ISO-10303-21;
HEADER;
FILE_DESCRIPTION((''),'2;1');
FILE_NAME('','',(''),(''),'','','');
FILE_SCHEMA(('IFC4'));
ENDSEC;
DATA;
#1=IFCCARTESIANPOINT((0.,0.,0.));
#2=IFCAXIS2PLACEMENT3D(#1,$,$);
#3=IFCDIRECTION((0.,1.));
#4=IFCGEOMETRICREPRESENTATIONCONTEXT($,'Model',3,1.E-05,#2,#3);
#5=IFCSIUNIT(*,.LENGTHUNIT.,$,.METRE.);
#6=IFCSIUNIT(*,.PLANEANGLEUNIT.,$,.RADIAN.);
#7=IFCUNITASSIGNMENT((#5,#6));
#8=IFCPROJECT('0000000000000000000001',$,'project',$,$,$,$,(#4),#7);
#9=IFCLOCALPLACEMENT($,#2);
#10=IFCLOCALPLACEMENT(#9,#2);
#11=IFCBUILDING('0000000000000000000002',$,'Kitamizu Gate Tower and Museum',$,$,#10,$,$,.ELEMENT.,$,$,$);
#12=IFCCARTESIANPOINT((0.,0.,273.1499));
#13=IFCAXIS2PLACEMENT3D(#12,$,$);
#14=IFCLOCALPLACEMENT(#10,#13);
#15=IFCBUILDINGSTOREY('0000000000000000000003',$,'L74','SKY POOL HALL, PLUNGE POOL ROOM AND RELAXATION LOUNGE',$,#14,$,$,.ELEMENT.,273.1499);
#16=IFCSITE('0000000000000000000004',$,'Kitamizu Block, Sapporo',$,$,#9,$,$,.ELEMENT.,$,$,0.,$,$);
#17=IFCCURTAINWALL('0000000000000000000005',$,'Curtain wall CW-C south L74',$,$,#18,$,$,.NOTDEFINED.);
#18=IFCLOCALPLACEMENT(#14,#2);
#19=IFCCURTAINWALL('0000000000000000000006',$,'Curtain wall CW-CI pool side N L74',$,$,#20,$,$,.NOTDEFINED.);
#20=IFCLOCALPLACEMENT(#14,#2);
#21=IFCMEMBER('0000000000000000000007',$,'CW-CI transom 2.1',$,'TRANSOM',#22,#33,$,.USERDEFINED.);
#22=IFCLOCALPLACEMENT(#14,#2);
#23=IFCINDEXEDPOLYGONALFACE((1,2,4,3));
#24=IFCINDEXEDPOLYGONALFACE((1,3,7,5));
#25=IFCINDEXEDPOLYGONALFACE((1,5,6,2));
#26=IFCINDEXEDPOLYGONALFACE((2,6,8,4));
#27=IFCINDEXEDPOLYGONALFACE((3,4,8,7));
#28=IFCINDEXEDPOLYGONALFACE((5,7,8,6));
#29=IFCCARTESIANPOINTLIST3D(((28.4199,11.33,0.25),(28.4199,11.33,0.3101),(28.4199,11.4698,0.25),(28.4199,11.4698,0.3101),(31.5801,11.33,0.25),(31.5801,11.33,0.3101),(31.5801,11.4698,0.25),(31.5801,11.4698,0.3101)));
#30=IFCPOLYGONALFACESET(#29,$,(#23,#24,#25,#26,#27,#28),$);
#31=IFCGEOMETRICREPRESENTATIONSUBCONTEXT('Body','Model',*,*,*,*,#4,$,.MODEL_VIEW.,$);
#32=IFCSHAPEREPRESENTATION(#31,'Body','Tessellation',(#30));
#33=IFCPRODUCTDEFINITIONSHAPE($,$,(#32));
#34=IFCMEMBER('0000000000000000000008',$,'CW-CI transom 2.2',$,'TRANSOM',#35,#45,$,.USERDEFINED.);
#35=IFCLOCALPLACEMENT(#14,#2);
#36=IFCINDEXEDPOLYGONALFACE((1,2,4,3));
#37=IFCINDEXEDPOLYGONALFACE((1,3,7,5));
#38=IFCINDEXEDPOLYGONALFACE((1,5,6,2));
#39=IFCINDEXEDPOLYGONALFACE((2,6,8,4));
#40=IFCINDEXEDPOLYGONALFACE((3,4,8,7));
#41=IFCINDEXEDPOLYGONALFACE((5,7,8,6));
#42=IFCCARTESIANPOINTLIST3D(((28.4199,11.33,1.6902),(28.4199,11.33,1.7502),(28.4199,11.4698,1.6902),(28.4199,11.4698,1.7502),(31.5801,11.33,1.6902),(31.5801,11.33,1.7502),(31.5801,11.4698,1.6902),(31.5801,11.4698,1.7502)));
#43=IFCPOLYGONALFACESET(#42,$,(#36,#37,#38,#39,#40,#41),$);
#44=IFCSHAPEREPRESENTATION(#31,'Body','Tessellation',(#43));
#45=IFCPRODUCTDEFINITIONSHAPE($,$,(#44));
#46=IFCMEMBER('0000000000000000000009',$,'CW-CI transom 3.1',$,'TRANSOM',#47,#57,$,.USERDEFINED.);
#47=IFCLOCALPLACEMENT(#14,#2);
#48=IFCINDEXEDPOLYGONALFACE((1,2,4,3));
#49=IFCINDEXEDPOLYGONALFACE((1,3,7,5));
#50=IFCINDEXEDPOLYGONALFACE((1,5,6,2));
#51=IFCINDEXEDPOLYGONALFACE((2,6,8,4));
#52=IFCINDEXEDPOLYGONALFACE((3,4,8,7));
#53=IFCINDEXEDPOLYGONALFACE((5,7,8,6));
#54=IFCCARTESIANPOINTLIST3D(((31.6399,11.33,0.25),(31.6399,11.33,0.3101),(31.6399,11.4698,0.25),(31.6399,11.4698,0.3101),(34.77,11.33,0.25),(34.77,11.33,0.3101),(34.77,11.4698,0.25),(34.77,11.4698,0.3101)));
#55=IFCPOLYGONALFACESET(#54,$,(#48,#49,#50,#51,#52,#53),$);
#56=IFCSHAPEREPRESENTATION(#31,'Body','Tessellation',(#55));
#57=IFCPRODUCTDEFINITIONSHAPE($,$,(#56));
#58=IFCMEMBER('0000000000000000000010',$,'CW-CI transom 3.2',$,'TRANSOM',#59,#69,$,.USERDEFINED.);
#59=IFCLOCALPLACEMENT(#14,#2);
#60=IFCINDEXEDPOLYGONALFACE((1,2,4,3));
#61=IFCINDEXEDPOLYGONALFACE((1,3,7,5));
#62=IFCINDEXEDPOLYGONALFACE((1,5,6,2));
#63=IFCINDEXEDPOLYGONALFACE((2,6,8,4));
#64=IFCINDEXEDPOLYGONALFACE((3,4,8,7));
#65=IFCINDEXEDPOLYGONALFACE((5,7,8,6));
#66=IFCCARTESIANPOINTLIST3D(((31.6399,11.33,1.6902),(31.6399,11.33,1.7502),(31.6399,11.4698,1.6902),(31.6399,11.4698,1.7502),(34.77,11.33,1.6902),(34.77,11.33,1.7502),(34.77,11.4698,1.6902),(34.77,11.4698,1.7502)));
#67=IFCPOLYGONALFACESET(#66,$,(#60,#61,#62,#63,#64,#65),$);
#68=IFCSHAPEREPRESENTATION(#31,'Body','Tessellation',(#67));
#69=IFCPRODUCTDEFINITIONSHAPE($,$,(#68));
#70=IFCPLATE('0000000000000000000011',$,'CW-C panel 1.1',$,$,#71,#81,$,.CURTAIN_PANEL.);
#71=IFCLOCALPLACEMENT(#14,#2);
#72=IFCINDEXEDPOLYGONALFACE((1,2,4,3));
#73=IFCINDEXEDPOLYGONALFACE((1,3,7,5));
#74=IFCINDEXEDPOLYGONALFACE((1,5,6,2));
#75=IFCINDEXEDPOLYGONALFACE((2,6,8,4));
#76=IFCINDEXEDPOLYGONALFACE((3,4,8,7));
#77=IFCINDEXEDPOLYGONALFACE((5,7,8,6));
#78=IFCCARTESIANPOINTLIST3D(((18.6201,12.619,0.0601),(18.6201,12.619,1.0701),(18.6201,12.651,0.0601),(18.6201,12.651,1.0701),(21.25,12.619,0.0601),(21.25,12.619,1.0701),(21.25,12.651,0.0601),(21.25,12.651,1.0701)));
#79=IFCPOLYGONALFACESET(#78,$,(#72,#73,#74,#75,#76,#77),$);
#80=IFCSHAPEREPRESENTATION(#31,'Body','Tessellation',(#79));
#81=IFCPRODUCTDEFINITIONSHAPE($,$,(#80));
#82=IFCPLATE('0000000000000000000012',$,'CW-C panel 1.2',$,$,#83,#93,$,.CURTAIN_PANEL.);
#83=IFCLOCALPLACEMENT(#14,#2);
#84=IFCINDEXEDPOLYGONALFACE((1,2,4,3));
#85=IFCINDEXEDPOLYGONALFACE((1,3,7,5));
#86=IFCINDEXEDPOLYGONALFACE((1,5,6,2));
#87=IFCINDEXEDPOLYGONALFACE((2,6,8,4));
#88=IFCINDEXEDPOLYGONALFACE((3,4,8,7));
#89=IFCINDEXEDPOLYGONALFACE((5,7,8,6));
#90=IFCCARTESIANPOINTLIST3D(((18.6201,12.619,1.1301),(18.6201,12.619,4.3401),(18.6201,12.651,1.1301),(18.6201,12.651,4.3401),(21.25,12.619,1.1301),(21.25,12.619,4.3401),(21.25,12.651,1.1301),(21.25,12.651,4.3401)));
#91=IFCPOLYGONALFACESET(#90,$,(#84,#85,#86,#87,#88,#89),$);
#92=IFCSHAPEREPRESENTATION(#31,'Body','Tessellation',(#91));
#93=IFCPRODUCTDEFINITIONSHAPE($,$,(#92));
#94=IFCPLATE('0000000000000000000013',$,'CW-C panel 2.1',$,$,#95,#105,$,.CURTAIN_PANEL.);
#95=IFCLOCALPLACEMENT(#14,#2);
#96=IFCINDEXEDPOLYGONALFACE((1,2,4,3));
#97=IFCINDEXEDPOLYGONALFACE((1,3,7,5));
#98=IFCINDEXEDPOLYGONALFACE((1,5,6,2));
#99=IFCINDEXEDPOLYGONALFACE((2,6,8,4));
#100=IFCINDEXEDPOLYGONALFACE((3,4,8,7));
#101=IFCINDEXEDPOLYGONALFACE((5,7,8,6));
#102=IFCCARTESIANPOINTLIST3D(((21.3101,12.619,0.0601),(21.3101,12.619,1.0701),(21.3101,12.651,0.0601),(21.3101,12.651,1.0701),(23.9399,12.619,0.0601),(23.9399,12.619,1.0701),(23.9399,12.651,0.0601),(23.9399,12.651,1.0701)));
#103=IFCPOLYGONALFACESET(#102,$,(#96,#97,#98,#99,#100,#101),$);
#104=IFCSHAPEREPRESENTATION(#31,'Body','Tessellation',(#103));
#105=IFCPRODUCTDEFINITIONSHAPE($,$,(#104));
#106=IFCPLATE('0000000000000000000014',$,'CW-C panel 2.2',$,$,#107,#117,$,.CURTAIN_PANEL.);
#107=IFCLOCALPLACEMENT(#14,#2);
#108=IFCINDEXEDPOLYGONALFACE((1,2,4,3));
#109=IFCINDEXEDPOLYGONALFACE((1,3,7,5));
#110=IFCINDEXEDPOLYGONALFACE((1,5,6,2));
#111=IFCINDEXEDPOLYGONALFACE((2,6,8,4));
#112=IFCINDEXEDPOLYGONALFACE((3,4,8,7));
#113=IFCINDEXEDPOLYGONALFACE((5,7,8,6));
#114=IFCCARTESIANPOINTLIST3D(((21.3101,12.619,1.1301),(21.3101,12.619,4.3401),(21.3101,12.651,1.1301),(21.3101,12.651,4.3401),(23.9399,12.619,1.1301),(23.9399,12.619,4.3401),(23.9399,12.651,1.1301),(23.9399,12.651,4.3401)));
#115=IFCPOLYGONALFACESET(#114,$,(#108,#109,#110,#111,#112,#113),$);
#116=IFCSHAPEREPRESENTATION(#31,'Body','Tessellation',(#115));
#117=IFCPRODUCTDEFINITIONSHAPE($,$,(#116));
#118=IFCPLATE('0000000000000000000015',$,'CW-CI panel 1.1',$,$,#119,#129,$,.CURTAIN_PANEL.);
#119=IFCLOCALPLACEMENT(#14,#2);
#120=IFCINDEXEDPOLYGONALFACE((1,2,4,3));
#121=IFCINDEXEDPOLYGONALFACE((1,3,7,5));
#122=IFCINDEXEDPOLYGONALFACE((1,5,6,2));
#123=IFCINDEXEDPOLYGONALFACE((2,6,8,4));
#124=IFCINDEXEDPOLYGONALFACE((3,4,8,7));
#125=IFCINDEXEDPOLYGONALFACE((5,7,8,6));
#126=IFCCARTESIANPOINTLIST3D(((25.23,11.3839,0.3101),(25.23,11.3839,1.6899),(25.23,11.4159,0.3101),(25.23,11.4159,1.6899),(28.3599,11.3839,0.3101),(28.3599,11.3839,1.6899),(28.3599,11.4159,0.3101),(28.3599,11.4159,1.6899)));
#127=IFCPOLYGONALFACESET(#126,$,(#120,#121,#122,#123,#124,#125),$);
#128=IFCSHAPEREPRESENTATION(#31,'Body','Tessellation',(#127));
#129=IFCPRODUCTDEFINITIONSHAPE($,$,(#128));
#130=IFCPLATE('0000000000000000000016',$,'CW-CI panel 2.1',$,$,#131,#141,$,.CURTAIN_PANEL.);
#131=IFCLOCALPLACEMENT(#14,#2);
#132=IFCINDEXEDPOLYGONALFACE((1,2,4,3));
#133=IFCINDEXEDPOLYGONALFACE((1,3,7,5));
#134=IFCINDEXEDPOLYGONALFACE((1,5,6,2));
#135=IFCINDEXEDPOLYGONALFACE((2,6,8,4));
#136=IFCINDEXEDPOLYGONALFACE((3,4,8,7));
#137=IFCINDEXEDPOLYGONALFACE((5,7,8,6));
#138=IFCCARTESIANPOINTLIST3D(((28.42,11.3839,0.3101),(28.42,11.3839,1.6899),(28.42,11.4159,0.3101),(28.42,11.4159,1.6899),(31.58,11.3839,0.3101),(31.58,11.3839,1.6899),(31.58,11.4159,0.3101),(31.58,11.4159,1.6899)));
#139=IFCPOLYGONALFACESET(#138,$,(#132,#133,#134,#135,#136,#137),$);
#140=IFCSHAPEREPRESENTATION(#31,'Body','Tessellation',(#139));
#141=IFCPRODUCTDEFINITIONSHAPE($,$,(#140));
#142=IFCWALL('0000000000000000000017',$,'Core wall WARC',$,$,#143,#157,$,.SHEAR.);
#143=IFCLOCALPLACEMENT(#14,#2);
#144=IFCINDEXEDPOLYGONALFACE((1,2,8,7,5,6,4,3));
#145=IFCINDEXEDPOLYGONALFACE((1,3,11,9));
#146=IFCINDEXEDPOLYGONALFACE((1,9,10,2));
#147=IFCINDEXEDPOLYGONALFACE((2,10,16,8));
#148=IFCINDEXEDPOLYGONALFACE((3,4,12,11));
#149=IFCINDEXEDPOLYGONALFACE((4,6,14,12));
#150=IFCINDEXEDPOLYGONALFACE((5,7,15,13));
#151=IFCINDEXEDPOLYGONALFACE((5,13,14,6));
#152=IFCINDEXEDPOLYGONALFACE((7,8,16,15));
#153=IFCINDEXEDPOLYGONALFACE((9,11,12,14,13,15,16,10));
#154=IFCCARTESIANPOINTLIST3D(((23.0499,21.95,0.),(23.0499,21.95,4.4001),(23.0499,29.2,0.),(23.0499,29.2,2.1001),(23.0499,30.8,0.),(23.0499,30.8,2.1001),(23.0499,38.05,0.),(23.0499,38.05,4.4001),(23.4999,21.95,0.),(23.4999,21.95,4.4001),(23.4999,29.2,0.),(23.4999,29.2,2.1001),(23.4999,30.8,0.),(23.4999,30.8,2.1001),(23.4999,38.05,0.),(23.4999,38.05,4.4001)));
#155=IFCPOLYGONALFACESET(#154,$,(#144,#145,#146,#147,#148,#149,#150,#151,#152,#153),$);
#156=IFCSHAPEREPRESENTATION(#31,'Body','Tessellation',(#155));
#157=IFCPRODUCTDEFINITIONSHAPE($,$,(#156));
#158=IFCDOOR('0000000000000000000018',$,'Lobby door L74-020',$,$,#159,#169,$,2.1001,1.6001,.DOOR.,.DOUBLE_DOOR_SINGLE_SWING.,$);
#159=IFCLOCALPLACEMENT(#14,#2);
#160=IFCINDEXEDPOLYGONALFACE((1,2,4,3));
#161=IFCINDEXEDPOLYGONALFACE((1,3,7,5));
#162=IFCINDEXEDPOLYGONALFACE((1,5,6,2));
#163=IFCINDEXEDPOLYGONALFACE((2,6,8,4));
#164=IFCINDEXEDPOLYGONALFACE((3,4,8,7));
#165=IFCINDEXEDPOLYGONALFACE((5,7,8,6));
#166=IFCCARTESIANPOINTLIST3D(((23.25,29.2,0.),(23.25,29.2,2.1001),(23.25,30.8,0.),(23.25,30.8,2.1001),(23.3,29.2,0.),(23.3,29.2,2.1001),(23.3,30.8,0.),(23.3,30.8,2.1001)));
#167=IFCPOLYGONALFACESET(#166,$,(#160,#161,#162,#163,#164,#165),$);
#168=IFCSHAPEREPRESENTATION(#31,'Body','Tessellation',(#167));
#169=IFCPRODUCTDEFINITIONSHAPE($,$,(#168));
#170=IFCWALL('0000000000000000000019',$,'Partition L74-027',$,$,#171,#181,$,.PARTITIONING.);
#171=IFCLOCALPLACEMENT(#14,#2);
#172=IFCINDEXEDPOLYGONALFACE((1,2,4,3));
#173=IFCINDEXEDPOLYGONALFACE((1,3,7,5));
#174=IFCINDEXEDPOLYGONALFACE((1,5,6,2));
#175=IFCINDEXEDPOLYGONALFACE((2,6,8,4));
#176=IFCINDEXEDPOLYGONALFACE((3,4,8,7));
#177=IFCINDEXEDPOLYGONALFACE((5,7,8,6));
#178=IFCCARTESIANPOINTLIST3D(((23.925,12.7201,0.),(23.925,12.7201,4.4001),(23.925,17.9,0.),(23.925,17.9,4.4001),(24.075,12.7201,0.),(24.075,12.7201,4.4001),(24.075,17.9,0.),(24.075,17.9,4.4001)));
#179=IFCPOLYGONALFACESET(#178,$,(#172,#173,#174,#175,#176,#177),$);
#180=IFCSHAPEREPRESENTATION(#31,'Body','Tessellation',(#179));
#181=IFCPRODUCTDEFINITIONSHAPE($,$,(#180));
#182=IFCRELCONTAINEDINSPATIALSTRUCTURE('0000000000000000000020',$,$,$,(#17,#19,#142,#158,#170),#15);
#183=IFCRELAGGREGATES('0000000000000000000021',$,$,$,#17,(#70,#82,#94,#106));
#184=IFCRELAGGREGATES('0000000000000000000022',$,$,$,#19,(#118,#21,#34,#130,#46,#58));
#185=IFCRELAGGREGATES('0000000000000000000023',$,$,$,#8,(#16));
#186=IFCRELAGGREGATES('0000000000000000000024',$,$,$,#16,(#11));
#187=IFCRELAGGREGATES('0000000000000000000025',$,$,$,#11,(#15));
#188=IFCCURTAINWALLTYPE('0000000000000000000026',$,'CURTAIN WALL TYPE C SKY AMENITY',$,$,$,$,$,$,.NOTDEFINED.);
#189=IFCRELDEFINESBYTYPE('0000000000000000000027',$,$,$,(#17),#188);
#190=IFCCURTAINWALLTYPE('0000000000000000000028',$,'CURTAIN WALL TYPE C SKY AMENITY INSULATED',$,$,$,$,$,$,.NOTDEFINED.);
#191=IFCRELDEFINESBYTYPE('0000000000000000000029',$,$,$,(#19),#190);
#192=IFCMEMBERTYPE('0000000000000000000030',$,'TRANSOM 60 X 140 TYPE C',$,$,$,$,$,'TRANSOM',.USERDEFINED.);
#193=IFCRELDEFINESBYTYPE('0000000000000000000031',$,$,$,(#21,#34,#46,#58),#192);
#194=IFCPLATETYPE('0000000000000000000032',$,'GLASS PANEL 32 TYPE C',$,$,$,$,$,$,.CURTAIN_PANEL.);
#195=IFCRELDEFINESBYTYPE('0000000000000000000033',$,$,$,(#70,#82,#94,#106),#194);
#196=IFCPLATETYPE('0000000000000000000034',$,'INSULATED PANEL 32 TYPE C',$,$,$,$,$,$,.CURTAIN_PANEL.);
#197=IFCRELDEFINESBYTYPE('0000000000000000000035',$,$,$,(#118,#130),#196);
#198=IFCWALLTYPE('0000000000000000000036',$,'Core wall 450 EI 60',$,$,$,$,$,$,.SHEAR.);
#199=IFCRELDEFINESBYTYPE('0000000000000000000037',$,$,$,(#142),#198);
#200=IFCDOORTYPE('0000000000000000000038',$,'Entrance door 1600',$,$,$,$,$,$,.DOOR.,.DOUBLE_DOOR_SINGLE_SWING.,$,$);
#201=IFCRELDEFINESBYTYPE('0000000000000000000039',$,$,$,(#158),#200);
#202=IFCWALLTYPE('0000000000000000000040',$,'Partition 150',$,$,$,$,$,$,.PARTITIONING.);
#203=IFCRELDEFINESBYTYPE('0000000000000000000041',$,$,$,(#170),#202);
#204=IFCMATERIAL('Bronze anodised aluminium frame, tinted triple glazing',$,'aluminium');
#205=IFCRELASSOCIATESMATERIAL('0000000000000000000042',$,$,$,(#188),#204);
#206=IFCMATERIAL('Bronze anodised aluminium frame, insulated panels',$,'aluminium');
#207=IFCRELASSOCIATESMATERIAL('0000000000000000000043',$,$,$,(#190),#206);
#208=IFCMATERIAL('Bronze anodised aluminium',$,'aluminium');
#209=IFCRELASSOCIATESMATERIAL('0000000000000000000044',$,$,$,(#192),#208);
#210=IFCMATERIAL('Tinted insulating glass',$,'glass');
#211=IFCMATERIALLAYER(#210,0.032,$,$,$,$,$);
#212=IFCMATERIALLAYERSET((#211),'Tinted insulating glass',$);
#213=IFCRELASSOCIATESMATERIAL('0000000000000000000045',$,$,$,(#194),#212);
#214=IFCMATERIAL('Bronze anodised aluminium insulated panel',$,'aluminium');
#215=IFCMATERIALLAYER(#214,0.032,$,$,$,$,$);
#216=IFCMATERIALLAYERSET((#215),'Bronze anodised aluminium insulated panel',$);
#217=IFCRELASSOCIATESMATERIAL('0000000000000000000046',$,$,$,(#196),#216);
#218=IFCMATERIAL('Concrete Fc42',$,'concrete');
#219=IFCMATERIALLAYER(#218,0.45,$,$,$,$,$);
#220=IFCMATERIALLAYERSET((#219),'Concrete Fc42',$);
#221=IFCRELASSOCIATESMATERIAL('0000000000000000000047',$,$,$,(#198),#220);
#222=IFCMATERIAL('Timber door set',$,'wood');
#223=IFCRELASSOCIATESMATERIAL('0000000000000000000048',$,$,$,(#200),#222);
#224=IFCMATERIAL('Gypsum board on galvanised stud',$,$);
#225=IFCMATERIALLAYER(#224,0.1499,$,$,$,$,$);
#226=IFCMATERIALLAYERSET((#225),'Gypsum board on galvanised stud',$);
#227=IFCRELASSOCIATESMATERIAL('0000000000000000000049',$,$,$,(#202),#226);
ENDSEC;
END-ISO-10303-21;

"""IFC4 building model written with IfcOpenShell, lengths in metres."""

from ifc_helpers import new_model, si_unit, direction, frame, frame_2d, origin, origin_2d, place, context, subcontext, project, spatial, rectangle, extrude, material, layer, layer_set, material_profile, profile_set, type_object, element, fill, aggregate, save


model = new_model("IFC4")

# Units and contexts
model_context = context("Model", 3, precision=1e-05, world=origin(), true_north=direction((0.0, 1.0)))
body_context = subcontext(model_context, "Body", "Model", "MODEL_VIEW")
ifc_project = project(units=[si_unit("LENGTHUNIT", "METRE"), si_unit("PLANEANGLEUNIT", "RADIAN")], contexts=[model_context])

# Site, building, storey
site_placement = place(None, origin())
site = spatial("IfcSite", under=ifc_project, at=site_placement, Name="Kitamizu Block, Sapporo", CompositionType="ELEMENT", RefElevation=0.0)
building_placement = place(site_placement, origin())
building = spatial("IfcBuilding", under=site, at=building_placement, Name="Kitamizu Gate Tower and Museum", CompositionType="ELEMENT")
storey_placement = place(building_placement, frame((0.0, 0.0, 273.1499)))
storey = spatial("IfcBuildingStorey", under=building, at=storey_placement, Name="L74", Description="SKY POOL HALL, PLUNGE POOL ROOM AND RELAXATION LOUNGE", CompositionType="ELEMENT", Elevation=273.1499)

# Curtain walls
ifc_material_1 = material(Name="Bronze anodised aluminium frame, tinted triple glazing", Category="aluminium")
curtain_wall_type_1 = type_object("IfcCurtainWallType", Name="CURTAIN WALL TYPE C SKY AMENITY", PredefinedType="NOTDEFINED", material=ifc_material_1)
curtain_wall_1_placement = place(storey_placement, origin())
curtain_wall_1 = element("IfcCurtainWall", 1, at=curtain_wall_1_placement, inside=storey, type_object=curtain_wall_type_1, Name="Curtain wall CW-C south L74", PredefinedType="NOTDEFINED")
ifc_material_2 = material(Name="Bronze anodised aluminium frame, insulated panels", Category="aluminium")
curtain_wall_type_2 = type_object("IfcCurtainWallType", Name="CURTAIN WALL TYPE C SKY AMENITY INSULATED", PredefinedType="NOTDEFINED", material=ifc_material_2)
curtain_wall_2_placement = place(storey_placement, origin())
curtain_wall_2 = element("IfcCurtainWall", 2, at=curtain_wall_2_placement, inside=storey, type_object=curtain_wall_type_2, Name="Curtain wall CW-CI pool side N L74", PredefinedType="NOTDEFINED")

# Members
ifc_material_3 = material(Name="Bronze anodised aluminium", Category="aluminium")
ifc_material_profile_1 = material_profile(ifc_material_3, rectangle(XDim=0.1399, YDim=0.0601, at=origin_2d()), Name="AL 60X140")
ifc_profile_set_1 = profile_set([ifc_material_profile_1], Name="Bronze anodised aluminium")
member_type_1 = type_object("IfcMemberType", Name="TRANSOM 60 X 140 TYPE C", ElementType="TRANSOM", PredefinedType="USERDEFINED", material=ifc_profile_set_1)
member_1_placement = place(storey_placement, frame((28.4199, 11.3999, 0.28), z_axis=(1.0, 0.0, 0.0), x_axis=(0.0, 1.0, 0.0)))
member_1 = element("IfcMember", 3, at=member_1_placement, type_object=member_type_1, Name="CW-CI transom 2.1", ObjectType="TRANSOM", PredefinedType="USERDEFINED", context=body_context, shape_type="SweptSolid", body=[
    extrude(rectangle(XDim=0.1399, YDim=0.0601, at=origin_2d()), origin(), (0.0, 0.0, 1.0), 3.1602),
])
member_2_placement = place(storey_placement, frame((28.4199, 11.3999, 1.7202), z_axis=(1.0, 0.0, 0.0), x_axis=(0.0, 1.0, 0.0)))
member_2 = element("IfcMember", 4, at=member_2_placement, type_object=member_type_1, Name="CW-CI transom 2.2", ObjectType="TRANSOM", PredefinedType="USERDEFINED", context=body_context, shape_type="SweptSolid", body=[
    extrude(rectangle(XDim=0.1399, YDim=0.0601, at=origin_2d()), origin(), (0.0, 0.0, 1.0), 3.1602),
])
member_3_placement = place(storey_placement, frame((31.6399, 11.3999, 0.28), z_axis=(1.0, 0.0, 0.0), x_axis=(0.0, 1.0, 0.0)))
member_3 = element("IfcMember", 5, at=member_3_placement, type_object=member_type_1, Name="CW-CI transom 3.1", ObjectType="TRANSOM", PredefinedType="USERDEFINED", context=body_context, shape_type="SweptSolid", body=[
    extrude(rectangle(XDim=0.1399, YDim=0.0601, at=origin_2d()), origin(), (0.0, 0.0, 1.0), 3.1301),
])
member_4_placement = place(storey_placement, frame((31.6399, 11.3999, 1.7202), z_axis=(1.0, 0.0, 0.0), x_axis=(0.0, 1.0, 0.0)))
member_4 = element("IfcMember", 6, at=member_4_placement, type_object=member_type_1, Name="CW-CI transom 3.2", ObjectType="TRANSOM", PredefinedType="USERDEFINED", context=body_context, shape_type="SweptSolid", body=[
    extrude(rectangle(XDim=0.1399, YDim=0.0601, at=origin_2d()), origin(), (0.0, 0.0, 1.0), 3.1301),
])

# Plates
ifc_material_4 = material(Name="Tinted insulating glass", Category="glass")
ifc_layer_1 = layer(ifc_material_4, 0.032)
ifc_layer_set_1 = layer_set([ifc_layer_1], Name="Tinted insulating glass")
plate_type_1 = type_object("IfcPlateType", Name="GLASS PANEL 32 TYPE C", PredefinedType="CURTAIN_PANEL", material=ifc_layer_set_1)
plate_1_placement = place(storey_placement, frame((19.9351, 12.635, 0.0601), z_axis=(0.0, 0.0, 1.0), x_axis=(1.0, 0.0, 0.0)))
plate_1 = element("IfcPlate", 7, at=plate_1_placement, type_object=plate_type_1, Name="CW-C panel 1.1", PredefinedType="CURTAIN_PANEL", context=body_context, shape_type="SweptSolid", body=[
    extrude(rectangle(XDim=2.6299, YDim=0.032, at=origin_2d()), origin(), (0.0, 0.0, 1.0), 1.01),
])
plate_2_placement = place(storey_placement, frame((19.9351, 12.635, 1.1301), z_axis=(0.0, 0.0, 1.0), x_axis=(1.0, 0.0, 0.0)))
plate_2 = element("IfcPlate", 8, at=plate_2_placement, type_object=plate_type_1, Name="CW-C panel 1.2", PredefinedType="CURTAIN_PANEL", context=body_context, shape_type="SweptSolid", body=[
    extrude(rectangle(XDim=2.6299, YDim=0.032, at=origin_2d()), origin(), (0.0, 0.0, 1.0), 3.21),
])
plate_3_placement = place(storey_placement, frame((22.625, 12.635, 0.0601), z_axis=(0.0, 0.0, 1.0), x_axis=(1.0, 0.0, 0.0)))
plate_3 = element("IfcPlate", 9, at=plate_3_placement, type_object=plate_type_1, Name="CW-C panel 2.1", PredefinedType="CURTAIN_PANEL", context=body_context, shape_type="SweptSolid", body=[
    extrude(rectangle(XDim=2.6299, YDim=0.032, at=origin_2d()), origin(), (0.0, 0.0, 1.0), 1.01),
])
plate_4_placement = place(storey_placement, frame((22.625, 12.635, 1.1301), z_axis=(0.0, 0.0, 1.0), x_axis=(1.0, 0.0, 0.0)))
plate_4 = element("IfcPlate", 10, at=plate_4_placement, type_object=plate_type_1, Name="CW-C panel 2.2", PredefinedType="CURTAIN_PANEL", context=body_context, shape_type="SweptSolid", body=[
    extrude(rectangle(XDim=2.6299, YDim=0.032, at=origin_2d()), origin(), (0.0, 0.0, 1.0), 3.21),
])
aggregate(curtain_wall_1, [plate_1, plate_2, plate_3, plate_4])
ifc_material_5 = material(Name="Bronze anodised aluminium insulated panel", Category="aluminium")
ifc_layer_2 = layer(ifc_material_5, 0.032)
ifc_layer_set_2 = layer_set([ifc_layer_2], Name="Bronze anodised aluminium insulated panel")
plate_type_2 = type_object("IfcPlateType", Name="INSULATED PANEL 32 TYPE C", PredefinedType="CURTAIN_PANEL", material=ifc_layer_set_2)
plate_5_placement = place(storey_placement, frame((26.7949, 11.3999, 0.3101), z_axis=(0.0, 0.0, 1.0), x_axis=(1.0, 0.0, 0.0)))
plate_5 = element("IfcPlate", 11, at=plate_5_placement, type_object=plate_type_2, Name="CW-CI panel 1.1", PredefinedType="CURTAIN_PANEL", context=body_context, shape_type="SweptSolid", body=[
    extrude(rectangle(XDim=3.1299, YDim=0.032, at=origin_2d()), origin(), (0.0, 0.0, 1.0), 1.3799),
])
plate_6_placement = place(storey_placement, frame((30.0, 11.3999, 0.3101), z_axis=(0.0, 0.0, 1.0), x_axis=(1.0, 0.0, 0.0)))
plate_6 = element("IfcPlate", 12, at=plate_6_placement, type_object=plate_type_2, Name="CW-CI panel 2.1", PredefinedType="CURTAIN_PANEL", context=body_context, shape_type="SweptSolid", body=[
    extrude(rectangle(XDim=3.1599, YDim=0.032, at=origin_2d()), origin(), (0.0, 0.0, 1.0), 1.3799),
])
aggregate(curtain_wall_2, [plate_5, member_1, member_2, plate_6, member_3, member_4])

# Wall, opening, door
ifc_material_6 = material(Name="Concrete Fc42", Category="concrete")
ifc_layer_3 = layer(ifc_material_6, 0.45)
ifc_layer_set_3 = layer_set([ifc_layer_3], Name="Concrete Fc42")
wall_type_1 = type_object("IfcWallType", Name="Core wall 450 EI 60", PredefinedType="SHEAR", material=ifc_layer_set_3)
wall_1_placement = place(storey_placement, frame((23.2749, 21.95, 0.0), z_axis=(0.0, 0.0, 1.0), x_axis=(0.0, 1.0, 0.0)))
wall_1 = element("IfcWall", 13, at=wall_1_placement, inside=storey, type_object=wall_type_1, Name="Core wall WARC", PredefinedType="SHEAR", context=body_context, shape_type="SweptSolid", body=[
    extrude(rectangle(XDim=16.1001, YDim=0.45, at=frame_2d((8.05, 0.0))), origin(), (0.0, 0.0, 1.0), 4.4001),
])
opening_1_placement = place(wall_1_placement, frame((7.25, 0.0, 0.0)))
opening_1 = element("IfcOpeningElement", 14, at=opening_1_placement, cuts=wall_1, PredefinedType="OPENING", context=body_context, shape_type="SweptSolid", body=[
    extrude(rectangle(XDim=1.6001, YDim=2.1001, at=frame_2d((0.8, 1.05))), frame((0.0, 0.2349, 0.0), z_axis=(0.0, -1.0, 0.0), x_axis=(1.0, 0.0, 0.0)), (0.0, 0.0, 1.0), 0.47),
])
ifc_material_7 = material(Name="Timber door set", Category="wood")
door_type_1 = type_object("IfcDoorType", Name="Entrance door 1600", OperationType="DOUBLE_DOOR_SINGLE_SWING", PredefinedType="DOOR", material=ifc_material_7)
door_1_placement = place(opening_1_placement, origin())
door_1 = element("IfcDoor", 15, at=door_1_placement, inside=storey, type_object=door_type_1, Name="Lobby door L74-020", OperationType="DOUBLE_DOOR_SINGLE_SWING", OverallHeight=2.1001, OverallWidth=1.6001, PredefinedType="DOOR", context=body_context, shape_type="SweptSolid", body=[
    extrude(rectangle(XDim=1.6001, YDim=2.1001, at=frame_2d((0.8, 1.05))), frame((0.0, 0.0249, 0.0), z_axis=(0.0, -1.0, 0.0), x_axis=(1.0, 0.0, 0.0)), (0.0, 0.0, 1.0), 0.05),
])
fill(opening_1, door_1)

# Wall
ifc_material_8 = material(Name="Gypsum board on galvanised stud")
ifc_layer_4 = layer(ifc_material_8, 0.1499)
ifc_layer_set_4 = layer_set([ifc_layer_4], Name="Gypsum board on galvanised stud")
wall_type_2 = type_object("IfcWallType", Name="Partition 150", PredefinedType="PARTITIONING", material=ifc_layer_set_4)
wall_2_placement = place(storey_placement, frame((24.0, 17.8999, 0.0), z_axis=(0.0, 0.0, 1.0), x_axis=(0.0, -1.0, 0.0)))
element("IfcWall", 16, at=wall_2_placement, inside=storey, type_object=wall_type_2, Name="Partition L74-027", PredefinedType="PARTITIONING", context=body_context, shape_type="SweptSolid", body=[
    extrude(rectangle(XDim=5.1799, YDim=0.1499, at=frame_2d((2.5898, 0.0))), origin(), (0.0, 0.0, 1.0), 4.4001),
])

save(model, "model.ifc")
